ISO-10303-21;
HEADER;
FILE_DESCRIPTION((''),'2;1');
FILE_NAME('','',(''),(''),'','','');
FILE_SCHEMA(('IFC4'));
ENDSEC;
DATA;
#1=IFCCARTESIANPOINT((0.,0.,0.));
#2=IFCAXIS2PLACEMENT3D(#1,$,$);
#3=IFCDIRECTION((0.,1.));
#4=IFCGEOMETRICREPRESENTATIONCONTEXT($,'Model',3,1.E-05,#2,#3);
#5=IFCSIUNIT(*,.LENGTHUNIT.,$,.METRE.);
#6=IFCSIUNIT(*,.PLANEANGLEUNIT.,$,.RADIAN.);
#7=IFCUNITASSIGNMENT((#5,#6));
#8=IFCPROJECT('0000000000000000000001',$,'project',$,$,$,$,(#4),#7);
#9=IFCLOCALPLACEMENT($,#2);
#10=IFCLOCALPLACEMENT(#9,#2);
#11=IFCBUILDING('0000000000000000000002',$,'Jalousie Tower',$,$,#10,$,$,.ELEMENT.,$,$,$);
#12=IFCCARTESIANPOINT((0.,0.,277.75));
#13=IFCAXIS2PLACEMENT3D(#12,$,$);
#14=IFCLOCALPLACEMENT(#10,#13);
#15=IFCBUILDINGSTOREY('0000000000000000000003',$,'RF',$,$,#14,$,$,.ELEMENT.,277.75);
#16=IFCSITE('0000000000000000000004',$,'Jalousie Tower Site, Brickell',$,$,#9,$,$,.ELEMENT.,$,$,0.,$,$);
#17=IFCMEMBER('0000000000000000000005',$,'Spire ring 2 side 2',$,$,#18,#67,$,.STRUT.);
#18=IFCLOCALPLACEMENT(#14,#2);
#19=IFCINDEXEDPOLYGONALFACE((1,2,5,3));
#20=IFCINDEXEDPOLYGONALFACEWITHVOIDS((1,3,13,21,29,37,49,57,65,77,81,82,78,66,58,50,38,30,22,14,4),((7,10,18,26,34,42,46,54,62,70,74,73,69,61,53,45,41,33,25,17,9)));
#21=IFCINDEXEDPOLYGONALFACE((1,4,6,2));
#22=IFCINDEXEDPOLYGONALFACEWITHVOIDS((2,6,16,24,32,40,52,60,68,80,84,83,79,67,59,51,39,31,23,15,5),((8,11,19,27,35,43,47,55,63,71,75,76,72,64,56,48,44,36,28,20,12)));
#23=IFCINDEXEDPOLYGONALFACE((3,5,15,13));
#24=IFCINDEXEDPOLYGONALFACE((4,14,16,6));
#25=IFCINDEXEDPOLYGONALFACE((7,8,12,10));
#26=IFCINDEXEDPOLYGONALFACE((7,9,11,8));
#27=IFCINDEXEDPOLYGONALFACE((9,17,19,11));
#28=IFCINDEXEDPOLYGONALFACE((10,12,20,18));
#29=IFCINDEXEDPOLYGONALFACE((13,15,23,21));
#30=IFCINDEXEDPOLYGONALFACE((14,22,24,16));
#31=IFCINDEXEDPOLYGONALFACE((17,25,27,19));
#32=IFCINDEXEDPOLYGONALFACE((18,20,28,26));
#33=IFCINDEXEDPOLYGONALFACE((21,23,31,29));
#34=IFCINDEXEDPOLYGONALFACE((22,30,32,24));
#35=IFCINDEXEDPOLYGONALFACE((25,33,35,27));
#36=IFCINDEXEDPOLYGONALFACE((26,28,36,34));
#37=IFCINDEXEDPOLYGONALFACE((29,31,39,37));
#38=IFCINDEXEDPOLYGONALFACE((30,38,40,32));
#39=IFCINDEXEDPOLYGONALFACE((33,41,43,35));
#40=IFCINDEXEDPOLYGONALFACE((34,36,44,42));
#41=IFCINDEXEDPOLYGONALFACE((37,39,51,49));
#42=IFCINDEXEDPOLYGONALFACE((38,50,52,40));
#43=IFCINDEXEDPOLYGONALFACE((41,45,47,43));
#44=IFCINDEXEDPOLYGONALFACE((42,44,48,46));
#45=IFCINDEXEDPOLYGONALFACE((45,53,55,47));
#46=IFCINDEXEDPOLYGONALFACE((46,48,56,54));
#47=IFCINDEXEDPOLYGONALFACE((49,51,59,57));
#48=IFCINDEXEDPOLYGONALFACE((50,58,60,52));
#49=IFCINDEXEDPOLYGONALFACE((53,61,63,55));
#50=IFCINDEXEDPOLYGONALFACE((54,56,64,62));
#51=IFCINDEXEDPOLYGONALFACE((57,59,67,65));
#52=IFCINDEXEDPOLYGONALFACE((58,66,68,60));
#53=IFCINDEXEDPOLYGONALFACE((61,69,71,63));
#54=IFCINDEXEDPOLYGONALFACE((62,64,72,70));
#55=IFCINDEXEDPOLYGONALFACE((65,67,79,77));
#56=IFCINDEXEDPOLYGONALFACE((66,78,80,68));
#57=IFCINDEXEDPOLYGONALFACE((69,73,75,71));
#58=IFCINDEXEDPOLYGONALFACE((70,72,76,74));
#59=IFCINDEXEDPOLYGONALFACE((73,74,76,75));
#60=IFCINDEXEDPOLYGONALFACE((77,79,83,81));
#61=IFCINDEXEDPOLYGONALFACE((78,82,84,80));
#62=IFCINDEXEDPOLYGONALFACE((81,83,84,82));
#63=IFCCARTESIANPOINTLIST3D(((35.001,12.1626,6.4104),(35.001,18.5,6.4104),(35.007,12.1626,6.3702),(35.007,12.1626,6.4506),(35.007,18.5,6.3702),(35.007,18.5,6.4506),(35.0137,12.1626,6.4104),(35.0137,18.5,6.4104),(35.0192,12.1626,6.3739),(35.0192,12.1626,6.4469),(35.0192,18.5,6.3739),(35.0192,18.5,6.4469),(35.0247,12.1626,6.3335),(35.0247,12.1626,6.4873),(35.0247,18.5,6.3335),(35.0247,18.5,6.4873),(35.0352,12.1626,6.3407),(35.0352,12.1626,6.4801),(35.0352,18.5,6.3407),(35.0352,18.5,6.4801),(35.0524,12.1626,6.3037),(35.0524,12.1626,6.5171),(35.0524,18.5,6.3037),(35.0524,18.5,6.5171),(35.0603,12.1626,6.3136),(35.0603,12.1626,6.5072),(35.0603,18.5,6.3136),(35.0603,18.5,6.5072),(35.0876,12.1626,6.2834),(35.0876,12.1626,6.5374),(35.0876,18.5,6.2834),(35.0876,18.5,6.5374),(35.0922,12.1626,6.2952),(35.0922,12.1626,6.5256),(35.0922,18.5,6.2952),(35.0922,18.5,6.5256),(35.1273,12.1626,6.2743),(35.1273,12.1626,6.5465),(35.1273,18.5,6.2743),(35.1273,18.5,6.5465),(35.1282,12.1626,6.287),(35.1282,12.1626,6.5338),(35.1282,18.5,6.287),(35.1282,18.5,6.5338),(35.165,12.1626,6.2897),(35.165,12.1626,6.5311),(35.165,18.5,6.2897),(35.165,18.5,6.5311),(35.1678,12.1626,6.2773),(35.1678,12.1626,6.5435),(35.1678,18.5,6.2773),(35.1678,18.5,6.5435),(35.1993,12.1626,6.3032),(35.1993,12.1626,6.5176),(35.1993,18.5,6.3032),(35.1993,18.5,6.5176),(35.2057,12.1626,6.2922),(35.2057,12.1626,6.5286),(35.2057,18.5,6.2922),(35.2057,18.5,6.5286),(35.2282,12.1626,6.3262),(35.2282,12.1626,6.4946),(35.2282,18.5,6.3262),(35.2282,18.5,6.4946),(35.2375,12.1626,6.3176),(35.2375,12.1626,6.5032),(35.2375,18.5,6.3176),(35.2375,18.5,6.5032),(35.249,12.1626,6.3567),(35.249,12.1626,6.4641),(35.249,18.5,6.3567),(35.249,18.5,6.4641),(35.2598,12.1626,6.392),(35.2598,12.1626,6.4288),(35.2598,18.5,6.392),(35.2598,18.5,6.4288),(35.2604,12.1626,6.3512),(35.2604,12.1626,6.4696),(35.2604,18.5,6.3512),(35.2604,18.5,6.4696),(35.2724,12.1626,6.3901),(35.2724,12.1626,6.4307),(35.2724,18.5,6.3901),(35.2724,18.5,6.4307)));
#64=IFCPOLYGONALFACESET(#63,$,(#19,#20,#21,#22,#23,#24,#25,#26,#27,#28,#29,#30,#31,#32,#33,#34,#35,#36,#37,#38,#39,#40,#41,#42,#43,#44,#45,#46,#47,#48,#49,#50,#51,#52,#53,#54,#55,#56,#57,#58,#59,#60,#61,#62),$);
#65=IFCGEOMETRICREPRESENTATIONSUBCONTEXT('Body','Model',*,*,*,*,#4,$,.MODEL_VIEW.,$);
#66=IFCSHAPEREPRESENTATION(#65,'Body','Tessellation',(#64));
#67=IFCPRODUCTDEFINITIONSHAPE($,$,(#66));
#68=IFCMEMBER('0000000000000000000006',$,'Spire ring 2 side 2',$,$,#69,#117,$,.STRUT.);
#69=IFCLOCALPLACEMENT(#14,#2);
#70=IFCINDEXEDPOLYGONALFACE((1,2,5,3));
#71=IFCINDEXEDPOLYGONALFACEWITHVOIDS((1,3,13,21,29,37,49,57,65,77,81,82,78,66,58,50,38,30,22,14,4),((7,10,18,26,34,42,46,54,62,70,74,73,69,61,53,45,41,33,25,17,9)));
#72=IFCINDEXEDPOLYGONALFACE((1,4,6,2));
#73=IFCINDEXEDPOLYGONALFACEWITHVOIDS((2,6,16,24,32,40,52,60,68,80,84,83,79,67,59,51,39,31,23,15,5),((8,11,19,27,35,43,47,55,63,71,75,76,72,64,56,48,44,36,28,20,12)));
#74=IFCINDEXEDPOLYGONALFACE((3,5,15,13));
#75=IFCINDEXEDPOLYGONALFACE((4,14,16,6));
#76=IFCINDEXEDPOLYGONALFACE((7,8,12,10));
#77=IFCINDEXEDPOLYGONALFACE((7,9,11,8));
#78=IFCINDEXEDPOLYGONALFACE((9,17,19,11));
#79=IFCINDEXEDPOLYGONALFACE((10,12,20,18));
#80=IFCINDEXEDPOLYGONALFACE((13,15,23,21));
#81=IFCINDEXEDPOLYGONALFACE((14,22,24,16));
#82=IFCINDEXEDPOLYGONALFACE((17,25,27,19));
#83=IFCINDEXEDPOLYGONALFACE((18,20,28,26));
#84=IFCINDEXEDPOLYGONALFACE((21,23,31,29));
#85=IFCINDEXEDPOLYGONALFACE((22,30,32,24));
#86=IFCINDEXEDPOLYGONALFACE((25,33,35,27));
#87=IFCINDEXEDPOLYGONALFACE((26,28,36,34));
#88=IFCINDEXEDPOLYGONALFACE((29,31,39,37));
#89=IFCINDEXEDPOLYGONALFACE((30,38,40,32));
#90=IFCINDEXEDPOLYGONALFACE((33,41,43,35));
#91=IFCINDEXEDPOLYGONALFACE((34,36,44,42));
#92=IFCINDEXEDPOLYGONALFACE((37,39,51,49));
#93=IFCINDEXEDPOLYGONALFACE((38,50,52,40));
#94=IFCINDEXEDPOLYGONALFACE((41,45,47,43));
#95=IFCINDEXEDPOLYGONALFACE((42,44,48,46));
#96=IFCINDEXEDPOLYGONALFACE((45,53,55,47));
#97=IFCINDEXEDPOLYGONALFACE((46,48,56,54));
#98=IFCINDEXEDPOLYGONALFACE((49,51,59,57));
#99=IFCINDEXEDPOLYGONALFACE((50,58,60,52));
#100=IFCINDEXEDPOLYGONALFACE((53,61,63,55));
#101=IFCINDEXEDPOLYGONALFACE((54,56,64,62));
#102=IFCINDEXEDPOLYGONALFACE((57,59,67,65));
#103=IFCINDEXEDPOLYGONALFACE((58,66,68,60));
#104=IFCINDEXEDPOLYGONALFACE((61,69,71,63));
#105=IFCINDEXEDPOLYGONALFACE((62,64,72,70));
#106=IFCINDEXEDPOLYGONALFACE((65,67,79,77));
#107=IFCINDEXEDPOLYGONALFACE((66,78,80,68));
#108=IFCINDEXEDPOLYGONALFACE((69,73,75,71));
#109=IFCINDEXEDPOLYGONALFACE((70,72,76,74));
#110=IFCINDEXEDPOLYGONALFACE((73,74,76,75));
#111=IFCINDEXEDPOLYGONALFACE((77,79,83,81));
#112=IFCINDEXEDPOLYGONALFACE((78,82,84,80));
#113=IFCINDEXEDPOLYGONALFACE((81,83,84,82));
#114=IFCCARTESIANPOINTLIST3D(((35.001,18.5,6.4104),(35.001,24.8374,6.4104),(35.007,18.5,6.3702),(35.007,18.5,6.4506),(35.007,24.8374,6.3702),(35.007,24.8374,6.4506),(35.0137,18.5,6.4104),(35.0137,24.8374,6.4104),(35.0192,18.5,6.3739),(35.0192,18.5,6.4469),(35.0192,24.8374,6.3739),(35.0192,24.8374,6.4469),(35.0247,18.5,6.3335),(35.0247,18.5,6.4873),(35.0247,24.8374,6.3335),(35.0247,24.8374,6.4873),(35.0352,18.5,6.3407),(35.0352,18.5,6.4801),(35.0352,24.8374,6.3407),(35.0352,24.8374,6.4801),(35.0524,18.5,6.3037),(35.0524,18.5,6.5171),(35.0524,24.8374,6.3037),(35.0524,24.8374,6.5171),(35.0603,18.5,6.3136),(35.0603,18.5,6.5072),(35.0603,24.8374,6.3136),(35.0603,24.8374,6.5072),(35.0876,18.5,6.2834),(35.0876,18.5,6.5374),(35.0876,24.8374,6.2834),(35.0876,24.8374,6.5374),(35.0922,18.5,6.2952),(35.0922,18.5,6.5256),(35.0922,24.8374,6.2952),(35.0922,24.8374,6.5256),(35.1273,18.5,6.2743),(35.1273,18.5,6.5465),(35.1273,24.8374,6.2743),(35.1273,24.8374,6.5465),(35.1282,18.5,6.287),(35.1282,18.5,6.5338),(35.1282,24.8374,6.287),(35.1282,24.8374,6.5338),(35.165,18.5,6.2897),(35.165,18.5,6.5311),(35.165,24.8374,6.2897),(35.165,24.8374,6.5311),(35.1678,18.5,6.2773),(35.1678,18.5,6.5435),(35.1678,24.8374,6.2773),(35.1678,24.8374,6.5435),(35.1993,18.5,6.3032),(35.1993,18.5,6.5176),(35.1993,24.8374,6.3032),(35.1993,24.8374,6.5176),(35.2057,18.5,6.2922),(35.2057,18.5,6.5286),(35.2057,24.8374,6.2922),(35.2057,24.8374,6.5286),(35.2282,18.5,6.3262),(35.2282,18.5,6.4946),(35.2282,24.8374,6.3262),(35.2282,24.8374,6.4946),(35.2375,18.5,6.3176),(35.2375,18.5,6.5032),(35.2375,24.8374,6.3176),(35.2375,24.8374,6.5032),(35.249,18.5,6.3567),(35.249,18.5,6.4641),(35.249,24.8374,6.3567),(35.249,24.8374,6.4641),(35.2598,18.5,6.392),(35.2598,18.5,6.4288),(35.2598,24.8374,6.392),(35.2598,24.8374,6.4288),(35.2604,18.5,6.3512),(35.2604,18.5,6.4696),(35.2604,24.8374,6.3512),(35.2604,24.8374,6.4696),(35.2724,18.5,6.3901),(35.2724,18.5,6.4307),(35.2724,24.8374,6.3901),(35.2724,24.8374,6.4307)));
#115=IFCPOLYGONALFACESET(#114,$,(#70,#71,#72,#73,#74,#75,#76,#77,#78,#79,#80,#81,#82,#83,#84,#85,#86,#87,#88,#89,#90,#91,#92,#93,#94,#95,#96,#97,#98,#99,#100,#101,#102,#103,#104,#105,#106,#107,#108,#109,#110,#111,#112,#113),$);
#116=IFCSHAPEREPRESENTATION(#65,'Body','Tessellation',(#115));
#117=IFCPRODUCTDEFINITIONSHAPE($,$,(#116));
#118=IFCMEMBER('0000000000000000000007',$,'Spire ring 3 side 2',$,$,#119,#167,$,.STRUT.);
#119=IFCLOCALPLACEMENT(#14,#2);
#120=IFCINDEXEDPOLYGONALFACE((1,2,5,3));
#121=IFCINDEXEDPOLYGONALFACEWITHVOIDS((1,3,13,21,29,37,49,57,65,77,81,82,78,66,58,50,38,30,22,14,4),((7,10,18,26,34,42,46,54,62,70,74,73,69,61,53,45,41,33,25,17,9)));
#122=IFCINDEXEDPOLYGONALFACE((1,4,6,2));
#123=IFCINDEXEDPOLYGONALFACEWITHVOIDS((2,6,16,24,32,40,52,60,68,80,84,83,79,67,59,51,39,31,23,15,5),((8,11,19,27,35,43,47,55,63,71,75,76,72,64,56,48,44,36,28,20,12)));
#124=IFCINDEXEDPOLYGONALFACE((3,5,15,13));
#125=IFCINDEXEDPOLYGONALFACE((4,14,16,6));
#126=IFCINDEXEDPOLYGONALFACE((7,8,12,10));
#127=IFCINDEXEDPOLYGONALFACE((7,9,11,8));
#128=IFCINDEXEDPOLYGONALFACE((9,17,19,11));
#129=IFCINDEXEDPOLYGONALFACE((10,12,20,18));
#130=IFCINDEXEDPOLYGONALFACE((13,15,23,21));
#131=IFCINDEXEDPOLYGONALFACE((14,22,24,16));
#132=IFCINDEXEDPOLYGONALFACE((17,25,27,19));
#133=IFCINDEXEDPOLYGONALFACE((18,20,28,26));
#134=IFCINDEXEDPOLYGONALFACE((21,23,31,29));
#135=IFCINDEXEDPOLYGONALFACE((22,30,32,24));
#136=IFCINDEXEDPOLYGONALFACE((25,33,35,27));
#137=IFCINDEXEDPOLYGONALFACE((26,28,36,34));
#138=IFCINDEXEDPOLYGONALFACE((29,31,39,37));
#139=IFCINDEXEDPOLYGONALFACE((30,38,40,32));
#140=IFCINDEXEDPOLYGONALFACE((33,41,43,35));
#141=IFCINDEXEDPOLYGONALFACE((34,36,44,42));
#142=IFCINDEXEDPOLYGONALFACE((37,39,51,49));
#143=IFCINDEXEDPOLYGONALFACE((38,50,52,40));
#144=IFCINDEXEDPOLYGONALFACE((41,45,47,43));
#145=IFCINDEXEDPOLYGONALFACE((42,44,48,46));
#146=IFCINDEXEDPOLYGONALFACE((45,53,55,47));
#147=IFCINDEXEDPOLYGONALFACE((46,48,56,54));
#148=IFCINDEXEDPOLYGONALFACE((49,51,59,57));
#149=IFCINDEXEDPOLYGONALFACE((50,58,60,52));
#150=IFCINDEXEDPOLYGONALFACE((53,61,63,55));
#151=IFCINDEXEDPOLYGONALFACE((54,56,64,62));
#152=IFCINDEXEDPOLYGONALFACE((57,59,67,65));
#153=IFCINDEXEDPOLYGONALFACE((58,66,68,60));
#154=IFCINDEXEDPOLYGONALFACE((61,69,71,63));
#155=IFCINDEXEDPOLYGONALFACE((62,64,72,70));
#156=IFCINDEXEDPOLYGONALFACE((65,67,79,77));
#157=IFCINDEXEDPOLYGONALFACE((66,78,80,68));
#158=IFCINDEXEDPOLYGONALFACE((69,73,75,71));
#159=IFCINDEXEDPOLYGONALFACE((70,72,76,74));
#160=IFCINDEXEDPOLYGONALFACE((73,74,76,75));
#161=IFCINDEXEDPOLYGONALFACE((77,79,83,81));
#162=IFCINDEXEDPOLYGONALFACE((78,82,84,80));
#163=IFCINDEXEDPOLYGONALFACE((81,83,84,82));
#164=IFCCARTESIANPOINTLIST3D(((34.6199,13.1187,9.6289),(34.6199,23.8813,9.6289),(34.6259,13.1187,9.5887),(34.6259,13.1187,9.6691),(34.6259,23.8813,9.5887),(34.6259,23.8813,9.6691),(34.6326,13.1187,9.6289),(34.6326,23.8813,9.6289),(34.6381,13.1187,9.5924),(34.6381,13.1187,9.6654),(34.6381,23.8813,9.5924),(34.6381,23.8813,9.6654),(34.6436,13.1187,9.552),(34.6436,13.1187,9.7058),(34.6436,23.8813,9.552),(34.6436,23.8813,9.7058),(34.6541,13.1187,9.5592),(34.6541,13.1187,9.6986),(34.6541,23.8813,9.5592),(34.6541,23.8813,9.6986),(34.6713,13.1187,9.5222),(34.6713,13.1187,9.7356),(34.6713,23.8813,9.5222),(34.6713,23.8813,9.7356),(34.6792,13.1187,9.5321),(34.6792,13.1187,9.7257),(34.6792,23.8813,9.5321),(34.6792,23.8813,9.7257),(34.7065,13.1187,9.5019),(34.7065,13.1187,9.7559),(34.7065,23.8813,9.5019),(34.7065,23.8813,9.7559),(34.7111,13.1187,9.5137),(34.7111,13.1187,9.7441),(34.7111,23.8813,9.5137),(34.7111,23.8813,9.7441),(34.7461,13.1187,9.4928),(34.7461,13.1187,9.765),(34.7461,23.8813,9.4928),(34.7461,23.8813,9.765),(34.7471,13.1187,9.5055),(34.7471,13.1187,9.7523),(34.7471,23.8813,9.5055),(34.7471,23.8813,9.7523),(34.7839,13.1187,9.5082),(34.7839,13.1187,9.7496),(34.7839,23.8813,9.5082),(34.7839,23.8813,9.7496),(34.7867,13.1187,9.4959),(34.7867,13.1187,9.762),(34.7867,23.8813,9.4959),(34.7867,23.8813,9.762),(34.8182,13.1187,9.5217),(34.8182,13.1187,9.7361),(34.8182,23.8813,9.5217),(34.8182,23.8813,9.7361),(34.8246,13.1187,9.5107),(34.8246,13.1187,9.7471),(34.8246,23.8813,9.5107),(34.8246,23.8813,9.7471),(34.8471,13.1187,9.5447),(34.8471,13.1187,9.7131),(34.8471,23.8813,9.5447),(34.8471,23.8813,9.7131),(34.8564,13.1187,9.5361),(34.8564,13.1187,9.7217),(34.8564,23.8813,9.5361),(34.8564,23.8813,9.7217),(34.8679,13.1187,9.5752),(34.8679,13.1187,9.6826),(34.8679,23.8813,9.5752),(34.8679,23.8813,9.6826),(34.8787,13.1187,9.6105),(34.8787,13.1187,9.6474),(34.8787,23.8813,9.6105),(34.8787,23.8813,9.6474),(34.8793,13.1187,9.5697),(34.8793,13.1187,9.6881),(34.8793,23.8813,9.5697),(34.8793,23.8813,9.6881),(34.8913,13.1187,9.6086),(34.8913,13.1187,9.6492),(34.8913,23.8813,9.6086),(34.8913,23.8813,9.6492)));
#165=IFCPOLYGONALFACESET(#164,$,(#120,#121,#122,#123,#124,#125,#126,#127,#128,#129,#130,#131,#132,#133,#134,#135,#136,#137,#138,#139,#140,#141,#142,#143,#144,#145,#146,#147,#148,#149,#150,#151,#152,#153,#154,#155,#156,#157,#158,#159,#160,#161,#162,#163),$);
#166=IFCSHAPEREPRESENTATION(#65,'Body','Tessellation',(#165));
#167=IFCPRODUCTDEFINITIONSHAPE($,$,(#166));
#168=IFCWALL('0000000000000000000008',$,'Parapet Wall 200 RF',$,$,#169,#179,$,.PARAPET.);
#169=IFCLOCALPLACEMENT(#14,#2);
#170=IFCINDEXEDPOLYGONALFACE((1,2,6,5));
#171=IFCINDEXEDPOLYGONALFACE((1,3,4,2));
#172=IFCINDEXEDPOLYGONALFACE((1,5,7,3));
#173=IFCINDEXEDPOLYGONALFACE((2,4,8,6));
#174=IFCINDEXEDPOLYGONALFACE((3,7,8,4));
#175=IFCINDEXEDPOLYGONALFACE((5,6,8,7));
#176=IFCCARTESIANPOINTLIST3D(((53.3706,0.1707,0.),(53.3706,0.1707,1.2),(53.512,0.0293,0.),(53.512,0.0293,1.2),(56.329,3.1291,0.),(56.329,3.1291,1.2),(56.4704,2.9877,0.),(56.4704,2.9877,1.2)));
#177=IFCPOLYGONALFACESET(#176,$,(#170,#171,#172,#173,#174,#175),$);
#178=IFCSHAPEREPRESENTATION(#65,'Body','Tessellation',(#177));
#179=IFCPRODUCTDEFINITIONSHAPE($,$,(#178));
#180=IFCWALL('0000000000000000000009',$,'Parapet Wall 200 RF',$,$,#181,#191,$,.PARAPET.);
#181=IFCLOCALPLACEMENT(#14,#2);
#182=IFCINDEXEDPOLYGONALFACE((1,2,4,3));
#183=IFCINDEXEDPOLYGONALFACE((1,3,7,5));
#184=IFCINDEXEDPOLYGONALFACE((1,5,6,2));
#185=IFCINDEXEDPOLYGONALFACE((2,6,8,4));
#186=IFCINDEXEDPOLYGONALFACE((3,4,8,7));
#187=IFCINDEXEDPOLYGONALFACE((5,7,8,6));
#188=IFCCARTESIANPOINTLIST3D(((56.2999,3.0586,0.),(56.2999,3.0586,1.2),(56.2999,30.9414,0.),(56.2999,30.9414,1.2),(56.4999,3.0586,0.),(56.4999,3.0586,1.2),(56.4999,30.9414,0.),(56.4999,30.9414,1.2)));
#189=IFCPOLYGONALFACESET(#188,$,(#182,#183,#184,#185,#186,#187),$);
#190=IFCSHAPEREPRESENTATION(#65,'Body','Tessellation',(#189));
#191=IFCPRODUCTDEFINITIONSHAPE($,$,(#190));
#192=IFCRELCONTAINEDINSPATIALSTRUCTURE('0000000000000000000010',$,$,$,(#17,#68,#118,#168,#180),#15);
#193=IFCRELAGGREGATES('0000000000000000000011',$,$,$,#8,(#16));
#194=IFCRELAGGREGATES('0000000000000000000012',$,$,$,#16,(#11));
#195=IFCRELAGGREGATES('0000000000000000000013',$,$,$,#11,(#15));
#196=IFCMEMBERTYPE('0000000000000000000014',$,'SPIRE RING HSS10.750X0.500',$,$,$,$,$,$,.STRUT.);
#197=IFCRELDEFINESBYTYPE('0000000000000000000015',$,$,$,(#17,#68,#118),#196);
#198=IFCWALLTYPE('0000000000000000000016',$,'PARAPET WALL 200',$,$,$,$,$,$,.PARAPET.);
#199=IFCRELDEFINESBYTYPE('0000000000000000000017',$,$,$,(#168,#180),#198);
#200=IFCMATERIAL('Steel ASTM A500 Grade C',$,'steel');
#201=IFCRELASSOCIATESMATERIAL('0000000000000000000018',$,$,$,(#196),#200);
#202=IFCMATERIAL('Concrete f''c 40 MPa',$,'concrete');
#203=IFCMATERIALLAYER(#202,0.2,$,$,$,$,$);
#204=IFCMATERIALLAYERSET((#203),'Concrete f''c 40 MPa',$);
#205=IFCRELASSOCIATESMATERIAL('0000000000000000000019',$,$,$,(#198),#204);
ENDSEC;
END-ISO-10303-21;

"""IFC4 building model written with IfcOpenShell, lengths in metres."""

from ifc_helpers import new_model, si_unit, direction, frame, frame_2d, origin, origin_2d, place, context, subcontext, project, spatial, rectangle, hollow_circle, extrude, material, layer, layer_set, material_profile, profile_set, type_object, element, save


model = new_model("IFC4")

# Units and contexts
model_context = context("Model", 3, precision=1e-05, world=origin(), true_north=direction((0.0, 1.0)))
body_context = subcontext(model_context, "Body", "Model", "MODEL_VIEW")
ifc_project = project(units=[si_unit("LENGTHUNIT", "METRE"), si_unit("PLANEANGLEUNIT", "RADIAN")], contexts=[model_context])

# Site, building, storey
site_placement = place(None, origin())
site = spatial("IfcSite", under=ifc_project, at=site_placement, Name="Jalousie Tower Site, Brickell", CompositionType="ELEMENT", RefElevation=0.0)
building_placement = place(site_placement, origin())
building = spatial("IfcBuilding", under=site, at=building_placement, Name="Jalousie Tower", CompositionType="ELEMENT")
storey_placement = place(building_placement, frame((0.0, 0.0, 277.75)))
storey = spatial("IfcBuildingStorey", under=building, at=storey_placement, Name="RF", CompositionType="ELEMENT", Elevation=277.75)

# Members
ifc_material_1 = material(Name="Steel ASTM A500 Grade C", Category="steel")
ifc_material_profile_1 = material_profile(ifc_material_1, hollow_circle(Radius=0.1365, WallThickness=0.0127, at=origin_2d()), Name="HSS10.750X0.500")
ifc_profile_set_1 = profile_set([ifc_material_profile_1], Name="Steel ASTM A500 Grade C")
member_type_1 = type_object("IfcMemberType", Name="SPIRE RING HSS10.750X0.500", PredefinedType="STRUT", material=ifc_profile_set_1)
for number, where, z_axis, x_axis, name in (
    (1, (35.1375, 12.1626, 6.4104), (0.0, 1.0, 0.0), (-1.0, 0.0, 0.0), "Spire ring 2 side 2"),
    (2, (35.1375, 18.5, 6.4104), (0.0, 1.0, 0.0), (-1.0, 0.0, 0.0), "Spire ring 2 side 2"),
):
    element("IfcMember", number, at=place(storey_placement, frame(where, z_axis=z_axis, x_axis=x_axis)), inside=storey, type_object=member_type_1, Name=name, PredefinedType="STRUT", context=body_context, shape_type="SweptSolid", body=[
        extrude(hollow_circle(Radius=0.1365, WallThickness=0.0127, at=origin_2d()), origin(), (0.0, 0.0, 1.0), 6.3374),
    ])
member_1_placement = place(storey_placement, frame((34.7563, 13.1187, 9.6289), z_axis=(0.0, 1.0, 0.0), x_axis=(-1.0, 0.0, 0.0)))
element("IfcMember", 3, at=member_1_placement, inside=storey, type_object=member_type_1, Name="Spire ring 3 side 2", PredefinedType="STRUT", context=body_context, shape_type="SweptSolid", body=[
    extrude(hollow_circle(Radius=0.1365, WallThickness=0.0127, at=origin_2d()), origin(), (0.0, 0.0, 1.0), 10.7627),
])

# Walls
ifc_material_2 = material(Name="Concrete f'c 40 MPa", Category="concrete")
ifc_layer = layer(ifc_material_2, 0.2)
ifc_layer_set = layer_set([ifc_layer], Name="Concrete f'c 40 MPa")
wall_type_1 = type_object("IfcWallType", Name="PARAPET WALL 200", PredefinedType="PARAPET", material=ifc_layer_set)
wall_1_placement = place(storey_placement, frame((53.4414, 0.1001, 0.0), z_axis=(0.0, 0.0, 1.0), x_axis=(0.707107, 0.707107, 0.0)))
element("IfcWall", 4, at=wall_1_placement, inside=storey, type_object=wall_type_1, Name="Parapet Wall 200 RF", PredefinedType="PARAPET", context=body_context, shape_type="SweptSolid", body=[
    extrude(rectangle(XDim=4.1838, YDim=0.2, at=frame_2d((2.0918, 0.0))), origin(), (0.0, 0.0, 1.0), 1.2),
])
wall_2_placement = place(storey_placement, frame((56.3999, 3.0586, 0.0), z_axis=(0.0, 0.0, 1.0), x_axis=(0.0, 1.0, 0.0)))
element("IfcWall", 5, at=wall_2_placement, inside=storey, type_object=wall_type_1, Name="Parapet Wall 200 RF", PredefinedType="PARAPET", context=body_context, shape_type="SweptSolid", body=[
    extrude(rectangle(XDim=27.8828, YDim=0.2, at=frame_2d((13.9414, 0.0))), origin(), (0.0, 0.0, 1.0), 1.2),
])

save(model, "model.ifc")
